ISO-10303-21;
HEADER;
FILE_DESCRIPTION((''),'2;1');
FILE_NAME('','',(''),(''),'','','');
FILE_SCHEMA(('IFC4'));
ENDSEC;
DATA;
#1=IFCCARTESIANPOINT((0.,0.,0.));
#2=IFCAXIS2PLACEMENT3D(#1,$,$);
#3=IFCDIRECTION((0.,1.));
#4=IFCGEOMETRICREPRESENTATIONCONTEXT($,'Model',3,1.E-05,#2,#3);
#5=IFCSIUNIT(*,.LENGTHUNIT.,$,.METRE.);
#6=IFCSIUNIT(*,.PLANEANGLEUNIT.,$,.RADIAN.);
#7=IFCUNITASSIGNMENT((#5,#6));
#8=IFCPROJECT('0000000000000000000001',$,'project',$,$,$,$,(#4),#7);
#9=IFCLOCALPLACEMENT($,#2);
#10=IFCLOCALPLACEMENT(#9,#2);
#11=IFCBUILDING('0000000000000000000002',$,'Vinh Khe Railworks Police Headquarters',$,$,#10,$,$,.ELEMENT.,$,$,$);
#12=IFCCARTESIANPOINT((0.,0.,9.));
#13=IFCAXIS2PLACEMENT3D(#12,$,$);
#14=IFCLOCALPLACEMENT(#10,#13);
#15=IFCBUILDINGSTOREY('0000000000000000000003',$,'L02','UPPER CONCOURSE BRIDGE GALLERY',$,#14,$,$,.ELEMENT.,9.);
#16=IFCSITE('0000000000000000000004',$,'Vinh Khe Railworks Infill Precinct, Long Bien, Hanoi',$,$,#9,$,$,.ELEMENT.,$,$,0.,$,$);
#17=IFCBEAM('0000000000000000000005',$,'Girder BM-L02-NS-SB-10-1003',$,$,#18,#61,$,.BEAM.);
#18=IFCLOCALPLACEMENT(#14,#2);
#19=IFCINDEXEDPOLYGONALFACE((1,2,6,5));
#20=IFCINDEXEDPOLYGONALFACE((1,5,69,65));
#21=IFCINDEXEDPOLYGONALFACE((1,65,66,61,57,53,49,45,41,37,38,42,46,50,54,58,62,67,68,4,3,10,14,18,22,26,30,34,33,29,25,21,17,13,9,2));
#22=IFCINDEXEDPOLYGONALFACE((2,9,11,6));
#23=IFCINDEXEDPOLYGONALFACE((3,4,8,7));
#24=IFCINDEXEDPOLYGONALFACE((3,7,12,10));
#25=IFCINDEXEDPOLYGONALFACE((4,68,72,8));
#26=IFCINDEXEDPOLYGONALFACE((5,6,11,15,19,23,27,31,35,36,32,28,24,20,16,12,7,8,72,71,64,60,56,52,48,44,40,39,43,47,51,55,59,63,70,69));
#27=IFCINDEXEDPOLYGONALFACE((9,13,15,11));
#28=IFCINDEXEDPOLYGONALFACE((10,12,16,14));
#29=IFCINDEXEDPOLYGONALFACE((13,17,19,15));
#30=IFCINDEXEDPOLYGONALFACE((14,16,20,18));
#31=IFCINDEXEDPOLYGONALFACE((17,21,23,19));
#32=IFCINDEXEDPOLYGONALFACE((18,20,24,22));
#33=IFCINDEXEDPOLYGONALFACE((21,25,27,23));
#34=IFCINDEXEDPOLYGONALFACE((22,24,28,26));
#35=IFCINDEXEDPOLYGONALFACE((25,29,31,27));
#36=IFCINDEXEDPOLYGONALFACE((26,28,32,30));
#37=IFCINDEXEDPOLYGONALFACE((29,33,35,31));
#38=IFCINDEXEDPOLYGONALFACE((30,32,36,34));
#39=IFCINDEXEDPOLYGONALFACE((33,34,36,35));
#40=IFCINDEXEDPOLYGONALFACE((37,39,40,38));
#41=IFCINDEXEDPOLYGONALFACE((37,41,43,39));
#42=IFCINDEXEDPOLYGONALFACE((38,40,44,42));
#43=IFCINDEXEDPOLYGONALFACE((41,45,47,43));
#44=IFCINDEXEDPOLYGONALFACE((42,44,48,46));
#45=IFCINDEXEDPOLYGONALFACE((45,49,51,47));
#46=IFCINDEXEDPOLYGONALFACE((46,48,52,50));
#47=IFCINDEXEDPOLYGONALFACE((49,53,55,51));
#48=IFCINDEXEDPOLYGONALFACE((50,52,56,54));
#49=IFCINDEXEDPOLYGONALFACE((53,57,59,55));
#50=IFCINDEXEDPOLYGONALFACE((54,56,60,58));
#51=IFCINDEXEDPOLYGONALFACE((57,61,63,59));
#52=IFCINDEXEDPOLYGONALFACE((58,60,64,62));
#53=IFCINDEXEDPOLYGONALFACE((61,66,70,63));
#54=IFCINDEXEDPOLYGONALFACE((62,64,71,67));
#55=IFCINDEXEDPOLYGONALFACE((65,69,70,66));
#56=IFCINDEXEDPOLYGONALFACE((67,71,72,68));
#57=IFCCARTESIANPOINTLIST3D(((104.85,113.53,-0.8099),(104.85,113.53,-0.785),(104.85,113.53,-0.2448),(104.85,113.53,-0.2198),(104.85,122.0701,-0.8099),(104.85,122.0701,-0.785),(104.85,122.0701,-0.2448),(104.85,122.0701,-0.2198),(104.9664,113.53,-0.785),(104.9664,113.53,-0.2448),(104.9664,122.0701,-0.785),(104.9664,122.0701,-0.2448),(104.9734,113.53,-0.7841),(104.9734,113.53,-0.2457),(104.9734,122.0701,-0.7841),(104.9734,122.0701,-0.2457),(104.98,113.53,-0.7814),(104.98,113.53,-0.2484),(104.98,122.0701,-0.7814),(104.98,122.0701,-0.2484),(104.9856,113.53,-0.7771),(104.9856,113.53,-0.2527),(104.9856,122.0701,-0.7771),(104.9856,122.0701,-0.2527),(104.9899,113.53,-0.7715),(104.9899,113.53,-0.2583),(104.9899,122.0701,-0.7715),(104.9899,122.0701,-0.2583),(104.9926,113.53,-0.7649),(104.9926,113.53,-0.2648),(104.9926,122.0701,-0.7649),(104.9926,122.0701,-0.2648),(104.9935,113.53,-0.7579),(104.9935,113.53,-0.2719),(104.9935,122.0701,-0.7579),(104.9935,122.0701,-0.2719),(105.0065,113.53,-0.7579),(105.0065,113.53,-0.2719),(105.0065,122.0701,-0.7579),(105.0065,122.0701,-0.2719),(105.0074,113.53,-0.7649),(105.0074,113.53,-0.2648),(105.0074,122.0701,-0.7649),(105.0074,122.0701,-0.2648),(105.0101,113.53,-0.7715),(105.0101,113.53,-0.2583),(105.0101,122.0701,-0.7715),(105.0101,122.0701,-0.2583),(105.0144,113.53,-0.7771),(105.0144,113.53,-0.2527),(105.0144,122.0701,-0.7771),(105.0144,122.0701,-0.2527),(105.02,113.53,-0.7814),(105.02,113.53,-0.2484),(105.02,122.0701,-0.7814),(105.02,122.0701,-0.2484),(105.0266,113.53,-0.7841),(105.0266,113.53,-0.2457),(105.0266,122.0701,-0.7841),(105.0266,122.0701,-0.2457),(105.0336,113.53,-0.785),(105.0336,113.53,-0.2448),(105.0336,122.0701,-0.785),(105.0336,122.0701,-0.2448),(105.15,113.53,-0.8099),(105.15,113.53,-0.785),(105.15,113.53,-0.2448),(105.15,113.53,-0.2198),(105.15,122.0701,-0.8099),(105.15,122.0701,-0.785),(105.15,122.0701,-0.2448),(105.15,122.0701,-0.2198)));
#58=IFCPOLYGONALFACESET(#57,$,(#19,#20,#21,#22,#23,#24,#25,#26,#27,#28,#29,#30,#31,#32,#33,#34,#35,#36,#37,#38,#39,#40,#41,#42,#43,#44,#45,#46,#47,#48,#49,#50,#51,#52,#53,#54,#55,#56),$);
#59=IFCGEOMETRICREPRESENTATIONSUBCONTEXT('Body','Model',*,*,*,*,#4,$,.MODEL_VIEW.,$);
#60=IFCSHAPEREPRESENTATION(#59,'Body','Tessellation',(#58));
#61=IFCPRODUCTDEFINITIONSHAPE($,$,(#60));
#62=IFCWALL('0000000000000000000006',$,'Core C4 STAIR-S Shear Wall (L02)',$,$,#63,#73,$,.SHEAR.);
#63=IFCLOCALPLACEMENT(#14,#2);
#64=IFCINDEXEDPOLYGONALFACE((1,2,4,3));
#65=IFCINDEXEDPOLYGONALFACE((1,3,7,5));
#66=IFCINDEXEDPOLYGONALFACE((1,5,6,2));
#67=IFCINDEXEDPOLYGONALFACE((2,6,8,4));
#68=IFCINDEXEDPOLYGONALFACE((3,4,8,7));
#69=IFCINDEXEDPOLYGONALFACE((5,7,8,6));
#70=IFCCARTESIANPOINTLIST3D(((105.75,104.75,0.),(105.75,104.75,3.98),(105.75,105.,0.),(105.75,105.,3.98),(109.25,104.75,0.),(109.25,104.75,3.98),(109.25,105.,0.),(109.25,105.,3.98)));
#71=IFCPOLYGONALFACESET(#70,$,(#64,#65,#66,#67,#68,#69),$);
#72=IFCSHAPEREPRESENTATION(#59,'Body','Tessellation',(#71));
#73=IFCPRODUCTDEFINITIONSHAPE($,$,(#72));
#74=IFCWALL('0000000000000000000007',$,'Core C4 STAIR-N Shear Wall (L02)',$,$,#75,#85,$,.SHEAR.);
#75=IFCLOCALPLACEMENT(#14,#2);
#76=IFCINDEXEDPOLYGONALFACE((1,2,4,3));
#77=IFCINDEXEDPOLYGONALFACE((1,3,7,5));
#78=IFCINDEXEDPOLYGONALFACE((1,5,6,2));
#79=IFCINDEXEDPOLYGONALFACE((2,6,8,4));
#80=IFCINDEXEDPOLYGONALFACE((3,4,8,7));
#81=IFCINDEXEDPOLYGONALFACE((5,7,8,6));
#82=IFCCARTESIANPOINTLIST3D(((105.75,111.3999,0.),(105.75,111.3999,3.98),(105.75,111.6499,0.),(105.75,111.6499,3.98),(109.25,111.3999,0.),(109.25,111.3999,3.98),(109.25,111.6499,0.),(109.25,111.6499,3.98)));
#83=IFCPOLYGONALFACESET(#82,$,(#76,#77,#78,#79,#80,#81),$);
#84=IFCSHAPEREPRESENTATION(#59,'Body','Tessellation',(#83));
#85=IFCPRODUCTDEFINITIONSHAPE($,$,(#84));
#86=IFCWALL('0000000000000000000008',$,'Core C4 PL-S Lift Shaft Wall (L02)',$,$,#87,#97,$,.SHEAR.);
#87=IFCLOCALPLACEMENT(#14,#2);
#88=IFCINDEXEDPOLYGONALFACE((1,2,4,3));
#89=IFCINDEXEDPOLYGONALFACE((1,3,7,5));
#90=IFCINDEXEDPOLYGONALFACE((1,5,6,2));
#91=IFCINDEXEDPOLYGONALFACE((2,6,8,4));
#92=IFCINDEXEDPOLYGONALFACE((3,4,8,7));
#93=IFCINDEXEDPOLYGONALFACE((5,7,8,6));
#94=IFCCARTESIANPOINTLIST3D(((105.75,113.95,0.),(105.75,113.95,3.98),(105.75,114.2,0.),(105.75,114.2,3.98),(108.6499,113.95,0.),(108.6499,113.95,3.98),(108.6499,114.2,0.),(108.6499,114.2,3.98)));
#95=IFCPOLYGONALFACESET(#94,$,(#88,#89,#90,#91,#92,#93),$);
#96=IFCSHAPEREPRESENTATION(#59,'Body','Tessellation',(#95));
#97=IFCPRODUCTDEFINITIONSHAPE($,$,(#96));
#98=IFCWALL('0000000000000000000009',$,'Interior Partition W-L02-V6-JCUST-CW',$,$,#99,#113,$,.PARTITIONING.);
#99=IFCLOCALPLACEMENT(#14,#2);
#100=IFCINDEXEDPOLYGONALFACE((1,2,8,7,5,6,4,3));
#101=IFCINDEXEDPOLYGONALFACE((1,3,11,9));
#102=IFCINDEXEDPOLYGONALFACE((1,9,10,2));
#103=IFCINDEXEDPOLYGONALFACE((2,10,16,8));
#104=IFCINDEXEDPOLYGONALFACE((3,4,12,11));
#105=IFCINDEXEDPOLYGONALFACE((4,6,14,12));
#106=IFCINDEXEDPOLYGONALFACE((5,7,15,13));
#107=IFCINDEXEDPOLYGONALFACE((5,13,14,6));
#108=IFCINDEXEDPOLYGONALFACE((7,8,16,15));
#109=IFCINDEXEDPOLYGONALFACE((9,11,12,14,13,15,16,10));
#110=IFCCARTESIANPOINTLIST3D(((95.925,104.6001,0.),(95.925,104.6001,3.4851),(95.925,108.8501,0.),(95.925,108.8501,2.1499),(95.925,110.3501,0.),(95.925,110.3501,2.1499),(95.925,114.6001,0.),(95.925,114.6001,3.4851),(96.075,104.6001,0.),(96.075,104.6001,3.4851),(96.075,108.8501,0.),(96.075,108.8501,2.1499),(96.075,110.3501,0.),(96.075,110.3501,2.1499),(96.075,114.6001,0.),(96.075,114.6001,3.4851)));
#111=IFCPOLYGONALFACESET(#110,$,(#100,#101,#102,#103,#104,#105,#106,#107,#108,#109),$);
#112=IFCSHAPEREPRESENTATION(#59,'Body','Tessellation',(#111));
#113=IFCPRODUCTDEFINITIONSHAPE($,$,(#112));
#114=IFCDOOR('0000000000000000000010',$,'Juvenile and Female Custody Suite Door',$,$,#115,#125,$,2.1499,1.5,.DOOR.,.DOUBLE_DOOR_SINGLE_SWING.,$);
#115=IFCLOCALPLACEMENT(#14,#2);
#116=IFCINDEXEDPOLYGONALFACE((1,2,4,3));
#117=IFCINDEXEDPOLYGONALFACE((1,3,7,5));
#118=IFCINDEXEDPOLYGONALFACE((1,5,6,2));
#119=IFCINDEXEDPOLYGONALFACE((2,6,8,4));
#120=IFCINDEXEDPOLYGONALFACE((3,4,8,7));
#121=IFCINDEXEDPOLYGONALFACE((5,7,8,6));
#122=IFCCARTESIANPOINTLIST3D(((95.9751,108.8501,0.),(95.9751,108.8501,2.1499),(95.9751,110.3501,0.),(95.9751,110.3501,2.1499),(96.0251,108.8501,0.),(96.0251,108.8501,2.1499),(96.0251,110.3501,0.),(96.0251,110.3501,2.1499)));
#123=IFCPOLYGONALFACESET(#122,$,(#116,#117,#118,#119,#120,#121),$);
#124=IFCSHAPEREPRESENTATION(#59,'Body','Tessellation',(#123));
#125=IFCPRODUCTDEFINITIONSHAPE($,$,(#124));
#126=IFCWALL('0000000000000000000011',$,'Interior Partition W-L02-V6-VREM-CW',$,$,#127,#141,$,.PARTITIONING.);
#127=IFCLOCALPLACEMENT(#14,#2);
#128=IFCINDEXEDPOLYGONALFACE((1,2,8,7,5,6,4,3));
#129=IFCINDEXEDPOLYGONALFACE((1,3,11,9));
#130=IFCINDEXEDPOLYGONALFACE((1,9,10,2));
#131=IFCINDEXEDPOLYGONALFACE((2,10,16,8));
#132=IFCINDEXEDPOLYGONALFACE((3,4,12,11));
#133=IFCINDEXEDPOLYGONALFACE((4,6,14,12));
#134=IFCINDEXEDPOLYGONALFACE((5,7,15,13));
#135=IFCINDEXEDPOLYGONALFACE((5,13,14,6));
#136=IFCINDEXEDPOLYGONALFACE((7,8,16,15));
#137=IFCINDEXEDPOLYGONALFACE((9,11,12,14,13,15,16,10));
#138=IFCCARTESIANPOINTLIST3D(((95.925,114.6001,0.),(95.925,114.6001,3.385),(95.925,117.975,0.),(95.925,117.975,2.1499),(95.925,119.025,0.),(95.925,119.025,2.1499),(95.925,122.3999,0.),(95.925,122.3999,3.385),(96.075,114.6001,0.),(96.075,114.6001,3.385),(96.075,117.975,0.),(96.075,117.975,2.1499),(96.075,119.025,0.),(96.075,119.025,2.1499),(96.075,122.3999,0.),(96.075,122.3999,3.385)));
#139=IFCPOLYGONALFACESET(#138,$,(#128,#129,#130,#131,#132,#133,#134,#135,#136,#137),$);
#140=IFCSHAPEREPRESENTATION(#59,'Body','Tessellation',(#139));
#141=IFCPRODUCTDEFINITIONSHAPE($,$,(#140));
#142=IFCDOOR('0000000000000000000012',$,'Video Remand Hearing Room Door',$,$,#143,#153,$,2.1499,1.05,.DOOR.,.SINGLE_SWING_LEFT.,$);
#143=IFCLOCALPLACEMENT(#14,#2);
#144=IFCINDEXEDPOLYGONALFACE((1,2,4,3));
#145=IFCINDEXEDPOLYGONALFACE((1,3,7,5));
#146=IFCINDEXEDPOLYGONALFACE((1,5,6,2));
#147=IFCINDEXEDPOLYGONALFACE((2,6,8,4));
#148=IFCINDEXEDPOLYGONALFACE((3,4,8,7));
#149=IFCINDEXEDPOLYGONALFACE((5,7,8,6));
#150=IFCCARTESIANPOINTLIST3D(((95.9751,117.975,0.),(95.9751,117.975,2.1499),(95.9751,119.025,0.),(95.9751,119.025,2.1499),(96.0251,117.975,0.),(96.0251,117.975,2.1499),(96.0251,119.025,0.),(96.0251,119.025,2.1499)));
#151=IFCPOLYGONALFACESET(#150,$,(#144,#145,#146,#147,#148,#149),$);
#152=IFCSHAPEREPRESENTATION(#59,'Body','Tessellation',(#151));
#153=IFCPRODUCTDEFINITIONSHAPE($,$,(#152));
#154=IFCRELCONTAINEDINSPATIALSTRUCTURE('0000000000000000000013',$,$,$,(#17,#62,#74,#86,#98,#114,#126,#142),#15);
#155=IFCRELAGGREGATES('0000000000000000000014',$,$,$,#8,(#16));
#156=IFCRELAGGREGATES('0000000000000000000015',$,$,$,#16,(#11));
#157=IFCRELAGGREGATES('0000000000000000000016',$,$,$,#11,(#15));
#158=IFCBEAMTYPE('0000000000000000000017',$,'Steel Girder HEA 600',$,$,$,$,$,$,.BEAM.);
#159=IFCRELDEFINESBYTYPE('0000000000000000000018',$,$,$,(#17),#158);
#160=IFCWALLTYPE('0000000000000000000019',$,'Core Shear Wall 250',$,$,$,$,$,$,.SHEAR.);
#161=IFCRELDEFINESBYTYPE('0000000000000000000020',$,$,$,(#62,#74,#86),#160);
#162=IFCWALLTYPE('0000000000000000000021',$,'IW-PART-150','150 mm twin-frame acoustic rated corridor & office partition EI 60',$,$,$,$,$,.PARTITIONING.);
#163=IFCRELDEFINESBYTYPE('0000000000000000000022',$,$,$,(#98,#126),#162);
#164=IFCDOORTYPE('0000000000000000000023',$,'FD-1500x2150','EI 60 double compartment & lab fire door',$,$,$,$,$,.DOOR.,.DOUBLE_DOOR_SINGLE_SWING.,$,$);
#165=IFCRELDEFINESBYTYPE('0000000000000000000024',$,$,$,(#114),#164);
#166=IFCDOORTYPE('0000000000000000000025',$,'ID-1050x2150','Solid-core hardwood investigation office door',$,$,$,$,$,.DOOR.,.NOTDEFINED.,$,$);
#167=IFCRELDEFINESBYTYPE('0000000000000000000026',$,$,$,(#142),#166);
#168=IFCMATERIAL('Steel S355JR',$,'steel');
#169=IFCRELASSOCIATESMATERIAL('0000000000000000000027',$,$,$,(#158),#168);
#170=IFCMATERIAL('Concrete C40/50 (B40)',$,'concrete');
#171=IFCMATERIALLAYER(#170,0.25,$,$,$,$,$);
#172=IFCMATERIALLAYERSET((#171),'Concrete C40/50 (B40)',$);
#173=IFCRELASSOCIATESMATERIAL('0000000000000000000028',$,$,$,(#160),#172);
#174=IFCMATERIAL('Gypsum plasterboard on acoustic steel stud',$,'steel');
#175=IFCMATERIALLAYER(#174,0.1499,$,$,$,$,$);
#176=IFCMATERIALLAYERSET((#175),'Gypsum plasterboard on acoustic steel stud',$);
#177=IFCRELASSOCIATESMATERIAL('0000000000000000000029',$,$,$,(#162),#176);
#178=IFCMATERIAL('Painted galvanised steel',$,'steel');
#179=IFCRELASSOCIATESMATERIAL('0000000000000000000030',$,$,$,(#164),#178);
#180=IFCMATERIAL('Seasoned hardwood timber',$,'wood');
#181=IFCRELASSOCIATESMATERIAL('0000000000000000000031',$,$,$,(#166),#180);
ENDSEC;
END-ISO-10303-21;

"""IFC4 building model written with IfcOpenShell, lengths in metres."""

from ifc_helpers import new_model, si_unit, direction, frame, frame_2d, origin, origin_2d, place, context, subcontext, project, spatial, rectangle, i_section, extrude, material, layer, layer_set, material_profile, profile_set, type_object, element, fill, save


model = new_model("IFC4")

# Units and contexts
model_context = context("Model", 3, precision=1e-05, world=origin(), true_north=direction((0.0, 1.0)))
body_context = subcontext(model_context, "Body", "Model", "MODEL_VIEW")
ifc_project = project(units=[si_unit("LENGTHUNIT", "METRE"), si_unit("PLANEANGLEUNIT", "RADIAN")], contexts=[model_context])

# Site, building, storey
site_placement = place(None, origin())
site = spatial("IfcSite", under=ifc_project, at=site_placement, Name="Vinh Khe Railworks Infill Precinct, Long Bien, Hanoi", CompositionType="ELEMENT", RefElevation=0.0)
building_placement = place(site_placement, origin())
building = spatial("IfcBuilding", under=site, at=building_placement, Name="Vinh Khe Railworks Police Headquarters", CompositionType="ELEMENT")
storey_placement = place(building_placement, frame((0.0, 0.0, 9.0)))
storey = spatial("IfcBuildingStorey", under=building, at=storey_placement, Name="L02", Description="UPPER CONCOURSE BRIDGE GALLERY", CompositionType="ELEMENT", Elevation=9.0)

# Shared definitions
ifc_material_1 = material(Name="Steel S355JR", Category="steel")

# Beam
ifc_material_profile_1 = material_profile(ifc_material_1, i_section(OverallWidth=0.3, OverallDepth=0.5901, WebThickness=0.0129, FlangeThickness=0.0249, FilletRadius=0.0271, at=origin_2d()), Name="HEA 600")
ifc_profile_set_1 = profile_set([ifc_material_profile_1], Name="Steel S355JR")
beam_type_1 = type_object("IfcBeamType", Name="Steel Girder HEA 600", PredefinedType="BEAM", material=ifc_profile_set_1)
beam_1_placement = place(storey_placement, frame((105.0, 113.53, -0.5149), z_axis=(0.0, 1.0, 0.0), x_axis=(-1.0, 0.0, 0.0)))
element("IfcBeam", 1, at=beam_1_placement, inside=storey, type_object=beam_type_1, Name="Girder BM-L02-NS-SB-10-1003", PredefinedType="BEAM", context=body_context, shape_type="SweptSolid", body=[
    extrude(i_section(OverallWidth=0.3, OverallDepth=0.5901, WebThickness=0.0129, FlangeThickness=0.0249, FilletRadius=0.0271, at=origin_2d()), origin(), (0.0, 0.0, 1.0), 8.54),
])

# Walls
ifc_material_2 = material(Name="Concrete C40/50 (B40)", Category="concrete")
ifc_layer_1 = layer(ifc_material_2, 0.25)
ifc_layer_set_1 = layer_set([ifc_layer_1], Name="Concrete C40/50 (B40)")
wall_type_1 = type_object("IfcWallType", Name="Core Shear Wall 250", PredefinedType="SHEAR", material=ifc_layer_set_1)
for number, where, z_axis, x_axis, name in (
    (2, (105.75, 104.875, 0.0), (0.0, 0.0, 1.0), (1.0, 0.0, 0.0), "Core C4 STAIR-S Shear Wall (L02)"),
    (3, (105.75, 111.5249, 0.0), (0.0, 0.0, 1.0), (1.0, 0.0, 0.0), "Core C4 STAIR-N Shear Wall (L02)"),
):
    element("IfcWall", number, at=place(storey_placement, frame(where, z_axis=z_axis, x_axis=x_axis)), inside=storey, type_object=wall_type_1, Name=name, PredefinedType="SHEAR", context=body_context, shape_type="SweptSolid", body=[
        extrude(rectangle(XDim=3.5, YDim=0.25, at=frame_2d((1.75, 0.0))), origin(), (0.0, 0.0, 1.0), 3.98),
    ])
wall_1_placement = place(storey_placement, frame((105.75, 114.075, 0.0), z_axis=(0.0, 0.0, 1.0), x_axis=(1.0, 0.0, 0.0)))
element("IfcWall", 4, at=wall_1_placement, inside=storey, type_object=wall_type_1, Name="Core C4 PL-S Lift Shaft Wall (L02)", PredefinedType="SHEAR", context=body_context, shape_type="SweptSolid", body=[
    extrude(rectangle(XDim=2.8999, YDim=0.25, at=frame_2d((1.45, 0.0))), origin(), (0.0, 0.0, 1.0), 3.98),
])

# Walls, openings, doors
ifc_material_3 = material(Name="Gypsum plasterboard on acoustic steel stud", Category="steel")
ifc_layer_2 = layer(ifc_material_3, 0.1499)
ifc_layer_set_2 = layer_set([ifc_layer_2], Name="Gypsum plasterboard on acoustic steel stud")
wall_type_2 = type_object("IfcWallType", Name="IW-PART-150", Description="150 mm twin-frame acoustic rated corridor & office partition EI 60", PredefinedType="PARTITIONING", material=ifc_layer_set_2)
wall_2_placement = place(storey_placement, frame((96.0, 104.6001, 0.0), z_axis=(0.0, 0.0, 1.0), x_axis=(0.0, 1.0, 0.0)))
wall_2 = element("IfcWall", 5, at=wall_2_placement, inside=storey, type_object=wall_type_2, Name="Interior Partition W-L02-V6-JCUST-CW", PredefinedType="PARTITIONING", context=body_context, shape_type="SweptSolid", body=[
    extrude(rectangle(XDim=10.0, YDim=0.1499, at=frame_2d((5.0, 0.0))), origin(), (0.0, 0.0, 1.0), 3.4851),
])
opening_1_placement = place(wall_2_placement, frame((4.25, 0.0, 0.0)))
opening_1 = element("IfcOpeningElement", 6, at=opening_1_placement, cuts=wall_2, PredefinedType="OPENING", context=body_context, shape_type="SweptSolid", body=[
    extrude(rectangle(XDim=1.5, YDim=2.1499, at=frame_2d((0.75, 1.075))), frame((0.0, 0.0898, 0.0), z_axis=(0.0, -1.0, 0.0), x_axis=(1.0, 0.0, 0.0)), (0.0, 0.0, 1.0), 0.1797),
])
ifc_material_4 = material(Name="Painted galvanised steel", Category="steel")
door_type_1 = type_object("IfcDoorType", Name="FD-1500x2150", Description="EI 60 double compartment & lab fire door", OperationType="DOUBLE_DOOR_SINGLE_SWING", PredefinedType="DOOR", material=ifc_material_4)
door_1_placement = place(opening_1_placement, origin())
door_1 = element("IfcDoor", 7, at=door_1_placement, inside=storey, type_object=door_type_1, Name="Juvenile and Female Custody Suite Door", OperationType="DOUBLE_DOOR_SINGLE_SWING", OverallHeight=2.1499, OverallWidth=1.5, PredefinedType="DOOR", context=body_context, shape_type="SweptSolid", body=[
    extrude(rectangle(XDim=1.5, YDim=2.1499, at=frame_2d((0.75, 1.075))), frame((0.0, 0.0249, 0.0), z_axis=(0.0, -1.0, 0.0), x_axis=(1.0, 0.0, 0.0)), (0.0, 0.0, 1.0), 0.05),
])
fill(opening_1, door_1)
wall_3_placement = place(storey_placement, frame((96.0, 114.6001, 0.0), z_axis=(0.0, 0.0, 1.0), x_axis=(0.0, 1.0, 0.0)))
wall_3 = element("IfcWall", 8, at=wall_3_placement, inside=storey, type_object=wall_type_2, Name="Interior Partition W-L02-V6-VREM-CW", PredefinedType="PARTITIONING", context=body_context, shape_type="SweptSolid", body=[
    extrude(rectangle(XDim=7.7998, YDim=0.1499, at=frame_2d((3.8999, 0.0))), origin(), (0.0, 0.0, 1.0), 3.385),
])
opening_2_placement = place(wall_3_placement, frame((3.375, 0.0, 0.0)))
opening_2 = element("IfcOpeningElement", 9, at=opening_2_placement, cuts=wall_3, PredefinedType="OPENING", context=body_context, shape_type="SweptSolid", body=[
    extrude(rectangle(XDim=1.05, YDim=2.1499, at=frame_2d((0.5249, 1.075))), frame((0.0, 0.0898, 0.0), z_axis=(0.0, -1.0, 0.0), x_axis=(1.0, 0.0, 0.0)), (0.0, 0.0, 1.0), 0.1797),
])
ifc_material_5 = material(Name="Seasoned hardwood timber", Category="wood")
door_type_2 = type_object("IfcDoorType", Name="ID-1050x2150", Description="Solid-core hardwood investigation office door", OperationType="NOTDEFINED", PredefinedType="DOOR", material=ifc_material_5)
door_2_placement = place(opening_2_placement, origin())
door_2 = element("IfcDoor", 10, at=door_2_placement, inside=storey, type_object=door_type_2, Name="Video Remand Hearing Room Door", OperationType="SINGLE_SWING_LEFT", OverallHeight=2.1499, OverallWidth=1.05, PredefinedType="DOOR", context=body_context, shape_type="SweptSolid", body=[
    extrude(rectangle(XDim=1.05, YDim=2.1499, at=frame_2d((0.5249, 1.075))), frame((0.0, 0.0249, 0.0), z_axis=(0.0, -1.0, 0.0), x_axis=(1.0, 0.0, 0.0)), (0.0, 0.0, 1.0), 0.05),
])
fill(opening_2, door_2)

save(model, "model.ifc")
